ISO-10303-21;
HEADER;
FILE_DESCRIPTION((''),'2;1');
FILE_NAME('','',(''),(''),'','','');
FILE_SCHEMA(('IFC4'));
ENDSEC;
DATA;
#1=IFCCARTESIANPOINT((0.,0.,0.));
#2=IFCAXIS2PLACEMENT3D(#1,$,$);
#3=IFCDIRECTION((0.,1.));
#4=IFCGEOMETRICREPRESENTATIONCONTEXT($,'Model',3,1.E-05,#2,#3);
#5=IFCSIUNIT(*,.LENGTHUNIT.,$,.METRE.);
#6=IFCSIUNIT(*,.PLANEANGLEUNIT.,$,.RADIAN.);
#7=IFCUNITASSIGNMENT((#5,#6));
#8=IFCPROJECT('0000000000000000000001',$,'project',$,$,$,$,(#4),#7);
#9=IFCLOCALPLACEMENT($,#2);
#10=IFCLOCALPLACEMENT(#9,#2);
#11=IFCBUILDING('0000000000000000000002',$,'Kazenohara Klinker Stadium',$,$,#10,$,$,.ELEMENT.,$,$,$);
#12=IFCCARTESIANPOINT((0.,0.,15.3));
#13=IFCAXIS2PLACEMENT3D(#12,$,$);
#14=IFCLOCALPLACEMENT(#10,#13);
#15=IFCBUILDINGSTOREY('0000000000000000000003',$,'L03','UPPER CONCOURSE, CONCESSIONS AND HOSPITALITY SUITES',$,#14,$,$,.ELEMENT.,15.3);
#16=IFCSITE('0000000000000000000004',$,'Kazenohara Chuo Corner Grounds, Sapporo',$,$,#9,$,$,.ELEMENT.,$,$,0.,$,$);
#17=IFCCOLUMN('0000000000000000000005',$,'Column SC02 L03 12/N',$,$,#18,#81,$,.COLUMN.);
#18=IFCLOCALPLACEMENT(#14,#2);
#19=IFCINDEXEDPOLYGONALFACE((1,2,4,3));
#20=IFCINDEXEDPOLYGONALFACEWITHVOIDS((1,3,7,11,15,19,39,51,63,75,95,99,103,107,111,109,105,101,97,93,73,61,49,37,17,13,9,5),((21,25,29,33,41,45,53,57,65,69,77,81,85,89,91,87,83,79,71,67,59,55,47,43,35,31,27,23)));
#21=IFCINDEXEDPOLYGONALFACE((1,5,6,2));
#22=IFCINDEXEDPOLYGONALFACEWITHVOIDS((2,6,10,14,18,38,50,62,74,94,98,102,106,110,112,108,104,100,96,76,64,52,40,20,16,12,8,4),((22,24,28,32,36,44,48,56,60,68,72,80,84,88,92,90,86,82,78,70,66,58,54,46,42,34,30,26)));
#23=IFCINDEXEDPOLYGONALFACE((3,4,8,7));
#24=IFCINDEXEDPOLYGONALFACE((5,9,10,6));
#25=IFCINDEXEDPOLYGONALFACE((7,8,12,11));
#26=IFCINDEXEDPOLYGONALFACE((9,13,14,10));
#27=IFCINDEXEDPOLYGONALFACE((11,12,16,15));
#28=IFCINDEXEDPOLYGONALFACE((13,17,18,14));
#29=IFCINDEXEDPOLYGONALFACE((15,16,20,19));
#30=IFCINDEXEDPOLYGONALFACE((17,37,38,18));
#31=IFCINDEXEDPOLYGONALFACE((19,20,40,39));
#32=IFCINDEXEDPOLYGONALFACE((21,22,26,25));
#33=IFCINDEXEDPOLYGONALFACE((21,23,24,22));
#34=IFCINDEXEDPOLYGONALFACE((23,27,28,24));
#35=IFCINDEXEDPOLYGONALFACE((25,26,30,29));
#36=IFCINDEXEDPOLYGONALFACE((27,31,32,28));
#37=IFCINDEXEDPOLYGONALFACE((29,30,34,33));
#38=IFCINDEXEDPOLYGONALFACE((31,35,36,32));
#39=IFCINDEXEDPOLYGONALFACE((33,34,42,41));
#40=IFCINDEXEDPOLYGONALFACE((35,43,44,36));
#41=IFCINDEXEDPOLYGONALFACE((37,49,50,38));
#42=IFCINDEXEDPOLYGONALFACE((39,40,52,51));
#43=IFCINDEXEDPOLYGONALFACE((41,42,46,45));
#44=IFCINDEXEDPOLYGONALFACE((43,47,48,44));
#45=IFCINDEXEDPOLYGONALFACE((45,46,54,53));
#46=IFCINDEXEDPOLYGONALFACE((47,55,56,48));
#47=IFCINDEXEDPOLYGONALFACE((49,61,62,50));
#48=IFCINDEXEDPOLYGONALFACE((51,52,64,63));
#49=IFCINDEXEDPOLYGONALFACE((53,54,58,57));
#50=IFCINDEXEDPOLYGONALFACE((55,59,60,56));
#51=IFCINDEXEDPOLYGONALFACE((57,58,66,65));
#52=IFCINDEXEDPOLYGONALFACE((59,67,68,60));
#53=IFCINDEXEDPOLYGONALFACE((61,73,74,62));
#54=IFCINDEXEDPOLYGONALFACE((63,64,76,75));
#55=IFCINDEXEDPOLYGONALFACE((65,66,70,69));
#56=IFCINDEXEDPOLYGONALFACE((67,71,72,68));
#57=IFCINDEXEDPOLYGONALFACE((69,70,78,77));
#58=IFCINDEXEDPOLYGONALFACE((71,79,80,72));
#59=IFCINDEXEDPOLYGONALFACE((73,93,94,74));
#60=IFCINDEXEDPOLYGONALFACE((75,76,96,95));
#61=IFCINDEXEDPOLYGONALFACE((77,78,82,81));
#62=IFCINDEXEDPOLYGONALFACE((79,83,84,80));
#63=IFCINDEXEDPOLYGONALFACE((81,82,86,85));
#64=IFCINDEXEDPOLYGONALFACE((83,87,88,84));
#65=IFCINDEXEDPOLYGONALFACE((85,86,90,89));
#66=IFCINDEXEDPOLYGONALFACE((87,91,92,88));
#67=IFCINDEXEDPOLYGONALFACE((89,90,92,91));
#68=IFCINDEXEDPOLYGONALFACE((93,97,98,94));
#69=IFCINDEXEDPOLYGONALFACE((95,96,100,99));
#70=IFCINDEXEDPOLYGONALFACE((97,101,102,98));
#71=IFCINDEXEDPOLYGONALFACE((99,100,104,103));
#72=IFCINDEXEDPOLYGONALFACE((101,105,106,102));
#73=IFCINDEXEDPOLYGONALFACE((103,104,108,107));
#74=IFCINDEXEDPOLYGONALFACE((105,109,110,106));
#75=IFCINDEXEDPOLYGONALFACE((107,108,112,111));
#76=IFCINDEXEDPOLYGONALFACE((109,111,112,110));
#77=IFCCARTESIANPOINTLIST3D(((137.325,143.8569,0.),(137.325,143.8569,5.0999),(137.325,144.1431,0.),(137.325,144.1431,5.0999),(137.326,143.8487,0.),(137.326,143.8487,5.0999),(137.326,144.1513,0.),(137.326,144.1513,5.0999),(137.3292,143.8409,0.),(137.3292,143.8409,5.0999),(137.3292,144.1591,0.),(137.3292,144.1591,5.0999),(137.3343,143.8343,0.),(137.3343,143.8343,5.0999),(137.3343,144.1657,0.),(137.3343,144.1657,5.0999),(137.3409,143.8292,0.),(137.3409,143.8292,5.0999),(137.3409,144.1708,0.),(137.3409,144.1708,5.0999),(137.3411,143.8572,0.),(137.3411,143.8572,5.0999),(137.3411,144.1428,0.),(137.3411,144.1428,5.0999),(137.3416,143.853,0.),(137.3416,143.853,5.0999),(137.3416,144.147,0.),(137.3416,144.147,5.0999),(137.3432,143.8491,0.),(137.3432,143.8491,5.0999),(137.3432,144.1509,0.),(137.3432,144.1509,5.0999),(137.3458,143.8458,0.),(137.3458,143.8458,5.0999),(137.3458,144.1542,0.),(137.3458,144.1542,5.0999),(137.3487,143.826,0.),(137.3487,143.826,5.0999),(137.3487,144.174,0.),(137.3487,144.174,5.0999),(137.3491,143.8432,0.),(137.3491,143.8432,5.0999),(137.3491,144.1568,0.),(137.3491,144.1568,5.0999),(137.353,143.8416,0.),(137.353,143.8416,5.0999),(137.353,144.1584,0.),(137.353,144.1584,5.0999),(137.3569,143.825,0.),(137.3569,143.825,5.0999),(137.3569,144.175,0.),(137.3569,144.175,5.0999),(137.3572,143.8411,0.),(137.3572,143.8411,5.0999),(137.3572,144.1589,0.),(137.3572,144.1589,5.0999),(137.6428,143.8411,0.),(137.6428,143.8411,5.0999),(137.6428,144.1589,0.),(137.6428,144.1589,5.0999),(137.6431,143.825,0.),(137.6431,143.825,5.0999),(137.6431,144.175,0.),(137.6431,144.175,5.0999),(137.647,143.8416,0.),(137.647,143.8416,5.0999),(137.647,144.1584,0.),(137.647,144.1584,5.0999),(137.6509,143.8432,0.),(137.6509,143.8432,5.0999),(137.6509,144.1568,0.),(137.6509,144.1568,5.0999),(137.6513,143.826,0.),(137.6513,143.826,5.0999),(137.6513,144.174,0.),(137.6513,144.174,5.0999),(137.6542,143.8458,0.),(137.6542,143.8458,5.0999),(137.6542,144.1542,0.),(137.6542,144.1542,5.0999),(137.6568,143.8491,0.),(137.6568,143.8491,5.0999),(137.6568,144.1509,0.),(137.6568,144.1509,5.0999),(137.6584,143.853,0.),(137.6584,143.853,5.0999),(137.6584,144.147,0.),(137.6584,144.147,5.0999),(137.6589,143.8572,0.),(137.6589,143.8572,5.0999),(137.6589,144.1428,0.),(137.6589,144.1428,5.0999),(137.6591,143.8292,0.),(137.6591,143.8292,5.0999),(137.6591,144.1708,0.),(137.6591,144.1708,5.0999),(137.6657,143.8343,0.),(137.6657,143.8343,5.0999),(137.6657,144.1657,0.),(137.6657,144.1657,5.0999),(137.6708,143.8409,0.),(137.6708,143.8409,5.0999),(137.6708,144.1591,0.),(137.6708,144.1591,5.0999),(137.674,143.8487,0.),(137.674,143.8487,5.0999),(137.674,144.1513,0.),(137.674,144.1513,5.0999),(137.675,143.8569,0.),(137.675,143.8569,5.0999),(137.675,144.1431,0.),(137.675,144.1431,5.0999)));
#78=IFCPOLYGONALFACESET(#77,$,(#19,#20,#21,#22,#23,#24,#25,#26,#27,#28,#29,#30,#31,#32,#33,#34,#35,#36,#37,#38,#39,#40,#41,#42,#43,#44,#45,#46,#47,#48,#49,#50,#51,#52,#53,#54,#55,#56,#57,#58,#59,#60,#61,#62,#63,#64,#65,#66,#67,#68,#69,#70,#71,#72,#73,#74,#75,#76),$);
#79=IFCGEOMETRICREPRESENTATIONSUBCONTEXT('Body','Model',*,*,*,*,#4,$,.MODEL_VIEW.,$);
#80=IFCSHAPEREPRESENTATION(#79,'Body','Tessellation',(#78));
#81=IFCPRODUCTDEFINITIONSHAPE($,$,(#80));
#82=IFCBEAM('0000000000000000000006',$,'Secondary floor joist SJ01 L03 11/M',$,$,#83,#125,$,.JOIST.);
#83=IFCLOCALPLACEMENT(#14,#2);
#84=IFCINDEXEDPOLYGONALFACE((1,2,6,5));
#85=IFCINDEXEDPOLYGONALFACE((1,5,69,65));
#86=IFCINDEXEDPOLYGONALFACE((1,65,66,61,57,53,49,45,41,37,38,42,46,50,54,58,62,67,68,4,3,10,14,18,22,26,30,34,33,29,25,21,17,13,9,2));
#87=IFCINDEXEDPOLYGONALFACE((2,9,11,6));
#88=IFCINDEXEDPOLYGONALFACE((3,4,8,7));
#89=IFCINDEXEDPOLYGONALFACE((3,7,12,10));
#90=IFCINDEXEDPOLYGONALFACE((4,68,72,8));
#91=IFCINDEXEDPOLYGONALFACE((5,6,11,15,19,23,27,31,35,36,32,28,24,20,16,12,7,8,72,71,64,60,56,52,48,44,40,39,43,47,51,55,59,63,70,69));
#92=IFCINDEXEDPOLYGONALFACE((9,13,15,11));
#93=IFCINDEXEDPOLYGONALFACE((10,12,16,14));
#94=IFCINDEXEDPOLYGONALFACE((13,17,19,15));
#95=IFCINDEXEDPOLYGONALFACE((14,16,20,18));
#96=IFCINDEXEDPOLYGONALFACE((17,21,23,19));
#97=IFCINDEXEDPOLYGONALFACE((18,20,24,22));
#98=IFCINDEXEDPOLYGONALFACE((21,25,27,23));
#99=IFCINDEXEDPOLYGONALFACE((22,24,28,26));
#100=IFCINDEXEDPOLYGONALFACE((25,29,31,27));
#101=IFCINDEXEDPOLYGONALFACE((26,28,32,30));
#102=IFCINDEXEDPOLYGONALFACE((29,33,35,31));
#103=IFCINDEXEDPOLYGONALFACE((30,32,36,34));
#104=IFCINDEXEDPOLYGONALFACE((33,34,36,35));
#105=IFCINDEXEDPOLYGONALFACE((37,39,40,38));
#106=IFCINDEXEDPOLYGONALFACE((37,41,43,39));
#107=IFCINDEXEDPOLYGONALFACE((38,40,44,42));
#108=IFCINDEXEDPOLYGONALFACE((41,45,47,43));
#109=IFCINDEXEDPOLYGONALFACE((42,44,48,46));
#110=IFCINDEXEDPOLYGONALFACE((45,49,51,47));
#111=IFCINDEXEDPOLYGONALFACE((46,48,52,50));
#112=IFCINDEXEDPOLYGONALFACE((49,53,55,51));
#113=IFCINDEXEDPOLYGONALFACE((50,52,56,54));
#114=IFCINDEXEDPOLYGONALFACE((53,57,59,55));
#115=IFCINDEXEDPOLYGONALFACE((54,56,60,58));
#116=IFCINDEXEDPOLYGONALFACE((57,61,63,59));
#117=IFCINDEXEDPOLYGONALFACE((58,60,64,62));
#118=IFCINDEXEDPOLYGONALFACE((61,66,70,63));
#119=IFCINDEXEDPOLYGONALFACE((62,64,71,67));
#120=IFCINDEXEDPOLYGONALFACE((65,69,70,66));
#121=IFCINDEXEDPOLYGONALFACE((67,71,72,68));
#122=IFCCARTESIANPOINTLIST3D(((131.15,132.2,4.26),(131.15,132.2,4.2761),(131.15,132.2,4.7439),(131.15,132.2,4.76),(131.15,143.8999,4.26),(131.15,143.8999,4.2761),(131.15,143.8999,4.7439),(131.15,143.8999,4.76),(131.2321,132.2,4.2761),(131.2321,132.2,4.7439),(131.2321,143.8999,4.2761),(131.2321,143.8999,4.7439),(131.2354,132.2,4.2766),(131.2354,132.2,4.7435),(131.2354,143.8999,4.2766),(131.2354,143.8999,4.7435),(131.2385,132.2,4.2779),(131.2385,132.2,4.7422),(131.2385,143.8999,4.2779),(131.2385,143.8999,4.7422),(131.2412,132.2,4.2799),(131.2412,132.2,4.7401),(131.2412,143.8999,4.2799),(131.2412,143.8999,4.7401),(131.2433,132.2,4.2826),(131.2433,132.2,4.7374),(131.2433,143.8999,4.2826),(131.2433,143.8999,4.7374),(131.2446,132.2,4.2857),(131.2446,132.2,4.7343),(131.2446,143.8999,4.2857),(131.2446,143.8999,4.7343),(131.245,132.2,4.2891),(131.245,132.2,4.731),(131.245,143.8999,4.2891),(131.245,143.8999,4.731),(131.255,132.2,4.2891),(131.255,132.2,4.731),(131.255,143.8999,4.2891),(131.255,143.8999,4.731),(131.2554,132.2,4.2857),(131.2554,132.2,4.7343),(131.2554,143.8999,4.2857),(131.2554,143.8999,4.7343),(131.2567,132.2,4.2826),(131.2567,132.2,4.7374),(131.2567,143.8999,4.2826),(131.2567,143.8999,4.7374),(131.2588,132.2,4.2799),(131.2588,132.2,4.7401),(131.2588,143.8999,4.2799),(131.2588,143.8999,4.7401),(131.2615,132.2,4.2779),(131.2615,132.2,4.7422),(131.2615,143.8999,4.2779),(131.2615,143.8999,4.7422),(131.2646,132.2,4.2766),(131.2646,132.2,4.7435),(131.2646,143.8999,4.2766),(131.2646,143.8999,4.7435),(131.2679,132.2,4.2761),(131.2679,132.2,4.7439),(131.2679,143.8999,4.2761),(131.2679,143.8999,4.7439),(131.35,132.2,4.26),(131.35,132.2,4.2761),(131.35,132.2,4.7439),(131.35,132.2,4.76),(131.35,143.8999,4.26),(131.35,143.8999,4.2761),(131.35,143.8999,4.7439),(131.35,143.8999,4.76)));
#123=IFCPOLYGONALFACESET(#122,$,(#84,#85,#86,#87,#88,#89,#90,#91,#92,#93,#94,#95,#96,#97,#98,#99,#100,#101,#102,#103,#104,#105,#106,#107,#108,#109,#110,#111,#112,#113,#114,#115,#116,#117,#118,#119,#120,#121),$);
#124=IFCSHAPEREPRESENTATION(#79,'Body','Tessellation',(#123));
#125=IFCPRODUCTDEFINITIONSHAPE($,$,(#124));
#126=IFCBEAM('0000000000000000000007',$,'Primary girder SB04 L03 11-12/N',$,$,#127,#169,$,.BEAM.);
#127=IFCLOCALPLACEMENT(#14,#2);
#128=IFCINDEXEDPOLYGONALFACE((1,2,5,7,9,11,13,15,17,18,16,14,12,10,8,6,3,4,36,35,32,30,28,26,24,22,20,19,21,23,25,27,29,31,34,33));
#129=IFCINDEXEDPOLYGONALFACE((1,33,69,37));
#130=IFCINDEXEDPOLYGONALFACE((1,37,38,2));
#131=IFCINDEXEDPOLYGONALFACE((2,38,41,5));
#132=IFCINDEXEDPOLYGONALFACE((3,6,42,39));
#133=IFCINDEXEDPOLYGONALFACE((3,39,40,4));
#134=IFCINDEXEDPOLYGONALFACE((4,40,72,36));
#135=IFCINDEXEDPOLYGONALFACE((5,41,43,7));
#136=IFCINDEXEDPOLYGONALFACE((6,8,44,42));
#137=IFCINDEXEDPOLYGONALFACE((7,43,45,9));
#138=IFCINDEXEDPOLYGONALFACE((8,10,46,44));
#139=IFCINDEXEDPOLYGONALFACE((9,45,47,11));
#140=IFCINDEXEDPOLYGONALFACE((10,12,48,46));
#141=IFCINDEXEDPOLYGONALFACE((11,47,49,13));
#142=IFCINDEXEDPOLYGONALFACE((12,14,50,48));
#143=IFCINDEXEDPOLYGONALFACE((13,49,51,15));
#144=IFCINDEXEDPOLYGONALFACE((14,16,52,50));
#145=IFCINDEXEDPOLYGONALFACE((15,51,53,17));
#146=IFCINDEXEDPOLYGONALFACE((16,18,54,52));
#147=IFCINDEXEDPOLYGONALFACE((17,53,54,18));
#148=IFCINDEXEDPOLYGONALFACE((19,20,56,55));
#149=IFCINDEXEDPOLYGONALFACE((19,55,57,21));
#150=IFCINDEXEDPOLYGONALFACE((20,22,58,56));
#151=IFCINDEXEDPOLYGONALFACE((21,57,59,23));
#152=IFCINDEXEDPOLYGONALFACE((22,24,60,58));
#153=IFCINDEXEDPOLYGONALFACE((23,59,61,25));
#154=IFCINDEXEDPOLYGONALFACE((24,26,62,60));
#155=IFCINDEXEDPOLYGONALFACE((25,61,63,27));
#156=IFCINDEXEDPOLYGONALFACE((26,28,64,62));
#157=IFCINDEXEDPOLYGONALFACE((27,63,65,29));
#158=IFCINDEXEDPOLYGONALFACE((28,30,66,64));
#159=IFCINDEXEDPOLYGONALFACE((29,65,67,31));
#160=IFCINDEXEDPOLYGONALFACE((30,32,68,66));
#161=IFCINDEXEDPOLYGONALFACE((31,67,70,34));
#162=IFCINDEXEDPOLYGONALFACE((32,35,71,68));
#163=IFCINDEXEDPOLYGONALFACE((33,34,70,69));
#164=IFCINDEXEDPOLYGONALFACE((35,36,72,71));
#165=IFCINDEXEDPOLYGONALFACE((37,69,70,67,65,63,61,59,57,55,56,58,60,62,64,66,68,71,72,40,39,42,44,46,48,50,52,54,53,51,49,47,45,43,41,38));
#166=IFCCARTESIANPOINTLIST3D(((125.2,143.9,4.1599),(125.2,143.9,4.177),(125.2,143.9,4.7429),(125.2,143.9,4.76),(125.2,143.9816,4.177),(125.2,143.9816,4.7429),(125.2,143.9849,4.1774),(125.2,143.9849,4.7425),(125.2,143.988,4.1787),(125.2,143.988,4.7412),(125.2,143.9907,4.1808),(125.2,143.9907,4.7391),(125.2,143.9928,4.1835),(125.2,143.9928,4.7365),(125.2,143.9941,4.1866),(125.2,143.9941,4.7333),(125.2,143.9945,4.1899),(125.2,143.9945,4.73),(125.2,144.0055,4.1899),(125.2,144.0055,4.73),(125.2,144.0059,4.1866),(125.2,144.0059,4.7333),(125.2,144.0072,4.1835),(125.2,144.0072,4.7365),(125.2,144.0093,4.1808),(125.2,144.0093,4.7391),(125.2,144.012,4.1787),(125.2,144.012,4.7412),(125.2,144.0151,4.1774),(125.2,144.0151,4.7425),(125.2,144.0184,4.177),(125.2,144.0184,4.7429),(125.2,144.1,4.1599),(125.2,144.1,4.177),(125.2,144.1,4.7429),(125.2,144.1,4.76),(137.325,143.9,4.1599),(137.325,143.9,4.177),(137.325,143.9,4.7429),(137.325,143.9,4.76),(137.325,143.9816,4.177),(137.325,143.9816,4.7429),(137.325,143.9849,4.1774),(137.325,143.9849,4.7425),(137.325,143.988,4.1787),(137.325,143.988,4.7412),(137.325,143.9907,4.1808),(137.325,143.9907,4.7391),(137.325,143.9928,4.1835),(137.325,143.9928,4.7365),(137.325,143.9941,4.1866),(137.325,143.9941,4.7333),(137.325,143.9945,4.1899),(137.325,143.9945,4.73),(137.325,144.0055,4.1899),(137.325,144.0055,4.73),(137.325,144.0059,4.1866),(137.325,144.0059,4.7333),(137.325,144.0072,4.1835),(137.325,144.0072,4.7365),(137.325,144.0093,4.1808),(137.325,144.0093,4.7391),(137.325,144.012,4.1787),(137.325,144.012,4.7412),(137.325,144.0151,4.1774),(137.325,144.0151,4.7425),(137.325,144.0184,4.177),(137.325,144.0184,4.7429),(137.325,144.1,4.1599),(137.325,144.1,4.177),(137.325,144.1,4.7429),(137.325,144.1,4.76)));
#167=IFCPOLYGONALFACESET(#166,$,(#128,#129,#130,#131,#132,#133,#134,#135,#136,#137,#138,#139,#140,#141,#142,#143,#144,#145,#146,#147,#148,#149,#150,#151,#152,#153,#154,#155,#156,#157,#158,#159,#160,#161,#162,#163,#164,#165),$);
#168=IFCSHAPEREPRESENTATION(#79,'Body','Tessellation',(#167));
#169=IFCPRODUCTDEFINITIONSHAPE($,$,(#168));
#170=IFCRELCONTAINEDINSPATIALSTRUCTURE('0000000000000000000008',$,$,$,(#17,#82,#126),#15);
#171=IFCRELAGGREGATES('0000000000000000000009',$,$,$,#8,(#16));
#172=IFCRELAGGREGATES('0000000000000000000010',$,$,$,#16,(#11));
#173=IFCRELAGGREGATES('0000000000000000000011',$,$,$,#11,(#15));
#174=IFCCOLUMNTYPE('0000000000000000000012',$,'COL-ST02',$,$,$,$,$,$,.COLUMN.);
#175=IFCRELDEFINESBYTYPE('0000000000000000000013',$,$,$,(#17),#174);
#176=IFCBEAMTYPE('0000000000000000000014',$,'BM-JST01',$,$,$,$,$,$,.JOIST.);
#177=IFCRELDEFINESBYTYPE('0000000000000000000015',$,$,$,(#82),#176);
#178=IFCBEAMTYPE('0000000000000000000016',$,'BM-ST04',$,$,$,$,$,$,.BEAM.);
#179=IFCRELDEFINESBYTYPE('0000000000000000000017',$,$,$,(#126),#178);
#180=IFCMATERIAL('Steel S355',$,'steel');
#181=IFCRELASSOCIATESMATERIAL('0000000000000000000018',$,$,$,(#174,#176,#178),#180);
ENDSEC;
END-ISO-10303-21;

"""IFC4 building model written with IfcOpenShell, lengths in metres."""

from ifc_helpers import new_model, si_unit, direction, frame, origin, origin_2d, place, context, subcontext, project, spatial, hollow_rectangle, i_section, extrude, material, material_profile, profile_set, type_object, element, save


model = new_model("IFC4")

# Units and contexts
model_context = context("Model", 3, precision=1e-05, world=origin(), true_north=direction((0.0, 1.0)))
body_context = subcontext(model_context, "Body", "Model", "MODEL_VIEW")
ifc_project = project(units=[si_unit("LENGTHUNIT", "METRE"), si_unit("PLANEANGLEUNIT", "RADIAN")], contexts=[model_context])

# Site, building, storey
site_placement = place(None, origin())
site = spatial("IfcSite", under=ifc_project, at=site_placement, Name="Kazenohara Chuo Corner Grounds, Sapporo", CompositionType="ELEMENT", RefElevation=0.0)
building_placement = place(site_placement, origin())
building = spatial("IfcBuilding", under=site, at=building_placement, Name="Kazenohara Klinker Stadium", CompositionType="ELEMENT")
storey_placement = place(building_placement, frame((0.0, 0.0, 15.3)))
storey = spatial("IfcBuildingStorey", under=building, at=storey_placement, Name="L03", Description="UPPER CONCOURSE, CONCESSIONS AND HOSPITALITY SUITES", CompositionType="ELEMENT", Elevation=15.3)

# Column
ifc_material_1 = material(Name="Steel S355", Category="steel")
ifc_material_profile_1 = material_profile(ifc_material_1, hollow_rectangle(XDim=0.3501, YDim=0.3501, WallThickness=0.0161, InnerFilletRadius=0.0161, OuterFilletRadius=0.032, at=origin_2d()), Name="SHS-350x350x16")
ifc_profile_set_1 = profile_set([ifc_material_profile_1], Name="Steel S355")
column_type = type_object("IfcColumnType", Name="COL-ST02", PredefinedType="COLUMN", material=ifc_profile_set_1)
column_placement = place(storey_placement, frame((137.5, 144.0, 0.0), z_axis=(0.0, 0.0, 1.0), x_axis=(1.0, 0.0, 0.0)))
element("IfcColumn", 1, at=column_placement, inside=storey, type_object=column_type, Name="Column SC02 L03 12/N", PredefinedType="COLUMN", context=body_context, shape_type="SweptSolid", body=[
    extrude(hollow_rectangle(XDim=0.3501, YDim=0.3501, WallThickness=0.0161, InnerFilletRadius=0.0161, OuterFilletRadius=0.032, at=origin_2d()), origin(), (0.0, 0.0, 1.0), 5.0999),
])

# Beams
ifc_material_profile_2 = material_profile(ifc_material_1, i_section(OverallWidth=0.2, OverallDepth=0.5, WebThickness=0.01, FlangeThickness=0.0161, FilletRadius=0.0129, at=origin_2d()), Name="H-500x200x10x16")
ifc_profile_set_2 = profile_set([ifc_material_profile_2], Name="Steel S355")
beam_type_1 = type_object("IfcBeamType", Name="BM-JST01", PredefinedType="JOIST", material=ifc_profile_set_2)
beam_1_placement = place(storey_placement, frame((131.25, 132.2, 4.51), z_axis=(0.0, 1.0, 0.0), x_axis=(-1.0, 0.0, 0.0)))
element("IfcBeam", 2, at=beam_1_placement, inside=storey, type_object=beam_type_1, Name="Secondary floor joist SJ01 L03 11/M", PredefinedType="JOIST", context=body_context, shape_type="SweptSolid", body=[
    extrude(i_section(OverallWidth=0.2, OverallDepth=0.5, WebThickness=0.01, FlangeThickness=0.0161, FilletRadius=0.0129, at=origin_2d()), origin(), (0.0, 0.0, 1.0), 11.7),
])
ifc_material_profile_3 = material_profile(ifc_material_1, i_section(OverallWidth=0.2, OverallDepth=0.6001, WebThickness=0.011, FlangeThickness=0.0171, FilletRadius=0.0129, at=origin_2d()), Name="H-600x200x11x17")
ifc_profile_set_3 = profile_set([ifc_material_profile_3], Name="Steel S355")
beam_type_2 = type_object("IfcBeamType", Name="BM-ST04", PredefinedType="BEAM", material=ifc_profile_set_3)
for number, where, z_axis, x_axis, name in (
    (3, (125.2, 144.0, 4.46), (1.0, 0.0, 0.0), (0.0, 1.0, 0.0), "Primary girder SB04 L03 11-12/N"),
):
    element("IfcBeam", number, at=place(storey_placement, frame(where, z_axis=z_axis, x_axis=x_axis)), inside=storey, type_object=beam_type_2, Name=name, PredefinedType="BEAM", context=body_context, shape_type="SweptSolid", body=[
        extrude(i_section(OverallWidth=0.2, OverallDepth=0.6001, WebThickness=0.011, FlangeThickness=0.0171, FilletRadius=0.0129, at=origin_2d()), origin(), (0.0, 0.0, 1.0), 12.125),
    ])

save(model, "model.ifc")
